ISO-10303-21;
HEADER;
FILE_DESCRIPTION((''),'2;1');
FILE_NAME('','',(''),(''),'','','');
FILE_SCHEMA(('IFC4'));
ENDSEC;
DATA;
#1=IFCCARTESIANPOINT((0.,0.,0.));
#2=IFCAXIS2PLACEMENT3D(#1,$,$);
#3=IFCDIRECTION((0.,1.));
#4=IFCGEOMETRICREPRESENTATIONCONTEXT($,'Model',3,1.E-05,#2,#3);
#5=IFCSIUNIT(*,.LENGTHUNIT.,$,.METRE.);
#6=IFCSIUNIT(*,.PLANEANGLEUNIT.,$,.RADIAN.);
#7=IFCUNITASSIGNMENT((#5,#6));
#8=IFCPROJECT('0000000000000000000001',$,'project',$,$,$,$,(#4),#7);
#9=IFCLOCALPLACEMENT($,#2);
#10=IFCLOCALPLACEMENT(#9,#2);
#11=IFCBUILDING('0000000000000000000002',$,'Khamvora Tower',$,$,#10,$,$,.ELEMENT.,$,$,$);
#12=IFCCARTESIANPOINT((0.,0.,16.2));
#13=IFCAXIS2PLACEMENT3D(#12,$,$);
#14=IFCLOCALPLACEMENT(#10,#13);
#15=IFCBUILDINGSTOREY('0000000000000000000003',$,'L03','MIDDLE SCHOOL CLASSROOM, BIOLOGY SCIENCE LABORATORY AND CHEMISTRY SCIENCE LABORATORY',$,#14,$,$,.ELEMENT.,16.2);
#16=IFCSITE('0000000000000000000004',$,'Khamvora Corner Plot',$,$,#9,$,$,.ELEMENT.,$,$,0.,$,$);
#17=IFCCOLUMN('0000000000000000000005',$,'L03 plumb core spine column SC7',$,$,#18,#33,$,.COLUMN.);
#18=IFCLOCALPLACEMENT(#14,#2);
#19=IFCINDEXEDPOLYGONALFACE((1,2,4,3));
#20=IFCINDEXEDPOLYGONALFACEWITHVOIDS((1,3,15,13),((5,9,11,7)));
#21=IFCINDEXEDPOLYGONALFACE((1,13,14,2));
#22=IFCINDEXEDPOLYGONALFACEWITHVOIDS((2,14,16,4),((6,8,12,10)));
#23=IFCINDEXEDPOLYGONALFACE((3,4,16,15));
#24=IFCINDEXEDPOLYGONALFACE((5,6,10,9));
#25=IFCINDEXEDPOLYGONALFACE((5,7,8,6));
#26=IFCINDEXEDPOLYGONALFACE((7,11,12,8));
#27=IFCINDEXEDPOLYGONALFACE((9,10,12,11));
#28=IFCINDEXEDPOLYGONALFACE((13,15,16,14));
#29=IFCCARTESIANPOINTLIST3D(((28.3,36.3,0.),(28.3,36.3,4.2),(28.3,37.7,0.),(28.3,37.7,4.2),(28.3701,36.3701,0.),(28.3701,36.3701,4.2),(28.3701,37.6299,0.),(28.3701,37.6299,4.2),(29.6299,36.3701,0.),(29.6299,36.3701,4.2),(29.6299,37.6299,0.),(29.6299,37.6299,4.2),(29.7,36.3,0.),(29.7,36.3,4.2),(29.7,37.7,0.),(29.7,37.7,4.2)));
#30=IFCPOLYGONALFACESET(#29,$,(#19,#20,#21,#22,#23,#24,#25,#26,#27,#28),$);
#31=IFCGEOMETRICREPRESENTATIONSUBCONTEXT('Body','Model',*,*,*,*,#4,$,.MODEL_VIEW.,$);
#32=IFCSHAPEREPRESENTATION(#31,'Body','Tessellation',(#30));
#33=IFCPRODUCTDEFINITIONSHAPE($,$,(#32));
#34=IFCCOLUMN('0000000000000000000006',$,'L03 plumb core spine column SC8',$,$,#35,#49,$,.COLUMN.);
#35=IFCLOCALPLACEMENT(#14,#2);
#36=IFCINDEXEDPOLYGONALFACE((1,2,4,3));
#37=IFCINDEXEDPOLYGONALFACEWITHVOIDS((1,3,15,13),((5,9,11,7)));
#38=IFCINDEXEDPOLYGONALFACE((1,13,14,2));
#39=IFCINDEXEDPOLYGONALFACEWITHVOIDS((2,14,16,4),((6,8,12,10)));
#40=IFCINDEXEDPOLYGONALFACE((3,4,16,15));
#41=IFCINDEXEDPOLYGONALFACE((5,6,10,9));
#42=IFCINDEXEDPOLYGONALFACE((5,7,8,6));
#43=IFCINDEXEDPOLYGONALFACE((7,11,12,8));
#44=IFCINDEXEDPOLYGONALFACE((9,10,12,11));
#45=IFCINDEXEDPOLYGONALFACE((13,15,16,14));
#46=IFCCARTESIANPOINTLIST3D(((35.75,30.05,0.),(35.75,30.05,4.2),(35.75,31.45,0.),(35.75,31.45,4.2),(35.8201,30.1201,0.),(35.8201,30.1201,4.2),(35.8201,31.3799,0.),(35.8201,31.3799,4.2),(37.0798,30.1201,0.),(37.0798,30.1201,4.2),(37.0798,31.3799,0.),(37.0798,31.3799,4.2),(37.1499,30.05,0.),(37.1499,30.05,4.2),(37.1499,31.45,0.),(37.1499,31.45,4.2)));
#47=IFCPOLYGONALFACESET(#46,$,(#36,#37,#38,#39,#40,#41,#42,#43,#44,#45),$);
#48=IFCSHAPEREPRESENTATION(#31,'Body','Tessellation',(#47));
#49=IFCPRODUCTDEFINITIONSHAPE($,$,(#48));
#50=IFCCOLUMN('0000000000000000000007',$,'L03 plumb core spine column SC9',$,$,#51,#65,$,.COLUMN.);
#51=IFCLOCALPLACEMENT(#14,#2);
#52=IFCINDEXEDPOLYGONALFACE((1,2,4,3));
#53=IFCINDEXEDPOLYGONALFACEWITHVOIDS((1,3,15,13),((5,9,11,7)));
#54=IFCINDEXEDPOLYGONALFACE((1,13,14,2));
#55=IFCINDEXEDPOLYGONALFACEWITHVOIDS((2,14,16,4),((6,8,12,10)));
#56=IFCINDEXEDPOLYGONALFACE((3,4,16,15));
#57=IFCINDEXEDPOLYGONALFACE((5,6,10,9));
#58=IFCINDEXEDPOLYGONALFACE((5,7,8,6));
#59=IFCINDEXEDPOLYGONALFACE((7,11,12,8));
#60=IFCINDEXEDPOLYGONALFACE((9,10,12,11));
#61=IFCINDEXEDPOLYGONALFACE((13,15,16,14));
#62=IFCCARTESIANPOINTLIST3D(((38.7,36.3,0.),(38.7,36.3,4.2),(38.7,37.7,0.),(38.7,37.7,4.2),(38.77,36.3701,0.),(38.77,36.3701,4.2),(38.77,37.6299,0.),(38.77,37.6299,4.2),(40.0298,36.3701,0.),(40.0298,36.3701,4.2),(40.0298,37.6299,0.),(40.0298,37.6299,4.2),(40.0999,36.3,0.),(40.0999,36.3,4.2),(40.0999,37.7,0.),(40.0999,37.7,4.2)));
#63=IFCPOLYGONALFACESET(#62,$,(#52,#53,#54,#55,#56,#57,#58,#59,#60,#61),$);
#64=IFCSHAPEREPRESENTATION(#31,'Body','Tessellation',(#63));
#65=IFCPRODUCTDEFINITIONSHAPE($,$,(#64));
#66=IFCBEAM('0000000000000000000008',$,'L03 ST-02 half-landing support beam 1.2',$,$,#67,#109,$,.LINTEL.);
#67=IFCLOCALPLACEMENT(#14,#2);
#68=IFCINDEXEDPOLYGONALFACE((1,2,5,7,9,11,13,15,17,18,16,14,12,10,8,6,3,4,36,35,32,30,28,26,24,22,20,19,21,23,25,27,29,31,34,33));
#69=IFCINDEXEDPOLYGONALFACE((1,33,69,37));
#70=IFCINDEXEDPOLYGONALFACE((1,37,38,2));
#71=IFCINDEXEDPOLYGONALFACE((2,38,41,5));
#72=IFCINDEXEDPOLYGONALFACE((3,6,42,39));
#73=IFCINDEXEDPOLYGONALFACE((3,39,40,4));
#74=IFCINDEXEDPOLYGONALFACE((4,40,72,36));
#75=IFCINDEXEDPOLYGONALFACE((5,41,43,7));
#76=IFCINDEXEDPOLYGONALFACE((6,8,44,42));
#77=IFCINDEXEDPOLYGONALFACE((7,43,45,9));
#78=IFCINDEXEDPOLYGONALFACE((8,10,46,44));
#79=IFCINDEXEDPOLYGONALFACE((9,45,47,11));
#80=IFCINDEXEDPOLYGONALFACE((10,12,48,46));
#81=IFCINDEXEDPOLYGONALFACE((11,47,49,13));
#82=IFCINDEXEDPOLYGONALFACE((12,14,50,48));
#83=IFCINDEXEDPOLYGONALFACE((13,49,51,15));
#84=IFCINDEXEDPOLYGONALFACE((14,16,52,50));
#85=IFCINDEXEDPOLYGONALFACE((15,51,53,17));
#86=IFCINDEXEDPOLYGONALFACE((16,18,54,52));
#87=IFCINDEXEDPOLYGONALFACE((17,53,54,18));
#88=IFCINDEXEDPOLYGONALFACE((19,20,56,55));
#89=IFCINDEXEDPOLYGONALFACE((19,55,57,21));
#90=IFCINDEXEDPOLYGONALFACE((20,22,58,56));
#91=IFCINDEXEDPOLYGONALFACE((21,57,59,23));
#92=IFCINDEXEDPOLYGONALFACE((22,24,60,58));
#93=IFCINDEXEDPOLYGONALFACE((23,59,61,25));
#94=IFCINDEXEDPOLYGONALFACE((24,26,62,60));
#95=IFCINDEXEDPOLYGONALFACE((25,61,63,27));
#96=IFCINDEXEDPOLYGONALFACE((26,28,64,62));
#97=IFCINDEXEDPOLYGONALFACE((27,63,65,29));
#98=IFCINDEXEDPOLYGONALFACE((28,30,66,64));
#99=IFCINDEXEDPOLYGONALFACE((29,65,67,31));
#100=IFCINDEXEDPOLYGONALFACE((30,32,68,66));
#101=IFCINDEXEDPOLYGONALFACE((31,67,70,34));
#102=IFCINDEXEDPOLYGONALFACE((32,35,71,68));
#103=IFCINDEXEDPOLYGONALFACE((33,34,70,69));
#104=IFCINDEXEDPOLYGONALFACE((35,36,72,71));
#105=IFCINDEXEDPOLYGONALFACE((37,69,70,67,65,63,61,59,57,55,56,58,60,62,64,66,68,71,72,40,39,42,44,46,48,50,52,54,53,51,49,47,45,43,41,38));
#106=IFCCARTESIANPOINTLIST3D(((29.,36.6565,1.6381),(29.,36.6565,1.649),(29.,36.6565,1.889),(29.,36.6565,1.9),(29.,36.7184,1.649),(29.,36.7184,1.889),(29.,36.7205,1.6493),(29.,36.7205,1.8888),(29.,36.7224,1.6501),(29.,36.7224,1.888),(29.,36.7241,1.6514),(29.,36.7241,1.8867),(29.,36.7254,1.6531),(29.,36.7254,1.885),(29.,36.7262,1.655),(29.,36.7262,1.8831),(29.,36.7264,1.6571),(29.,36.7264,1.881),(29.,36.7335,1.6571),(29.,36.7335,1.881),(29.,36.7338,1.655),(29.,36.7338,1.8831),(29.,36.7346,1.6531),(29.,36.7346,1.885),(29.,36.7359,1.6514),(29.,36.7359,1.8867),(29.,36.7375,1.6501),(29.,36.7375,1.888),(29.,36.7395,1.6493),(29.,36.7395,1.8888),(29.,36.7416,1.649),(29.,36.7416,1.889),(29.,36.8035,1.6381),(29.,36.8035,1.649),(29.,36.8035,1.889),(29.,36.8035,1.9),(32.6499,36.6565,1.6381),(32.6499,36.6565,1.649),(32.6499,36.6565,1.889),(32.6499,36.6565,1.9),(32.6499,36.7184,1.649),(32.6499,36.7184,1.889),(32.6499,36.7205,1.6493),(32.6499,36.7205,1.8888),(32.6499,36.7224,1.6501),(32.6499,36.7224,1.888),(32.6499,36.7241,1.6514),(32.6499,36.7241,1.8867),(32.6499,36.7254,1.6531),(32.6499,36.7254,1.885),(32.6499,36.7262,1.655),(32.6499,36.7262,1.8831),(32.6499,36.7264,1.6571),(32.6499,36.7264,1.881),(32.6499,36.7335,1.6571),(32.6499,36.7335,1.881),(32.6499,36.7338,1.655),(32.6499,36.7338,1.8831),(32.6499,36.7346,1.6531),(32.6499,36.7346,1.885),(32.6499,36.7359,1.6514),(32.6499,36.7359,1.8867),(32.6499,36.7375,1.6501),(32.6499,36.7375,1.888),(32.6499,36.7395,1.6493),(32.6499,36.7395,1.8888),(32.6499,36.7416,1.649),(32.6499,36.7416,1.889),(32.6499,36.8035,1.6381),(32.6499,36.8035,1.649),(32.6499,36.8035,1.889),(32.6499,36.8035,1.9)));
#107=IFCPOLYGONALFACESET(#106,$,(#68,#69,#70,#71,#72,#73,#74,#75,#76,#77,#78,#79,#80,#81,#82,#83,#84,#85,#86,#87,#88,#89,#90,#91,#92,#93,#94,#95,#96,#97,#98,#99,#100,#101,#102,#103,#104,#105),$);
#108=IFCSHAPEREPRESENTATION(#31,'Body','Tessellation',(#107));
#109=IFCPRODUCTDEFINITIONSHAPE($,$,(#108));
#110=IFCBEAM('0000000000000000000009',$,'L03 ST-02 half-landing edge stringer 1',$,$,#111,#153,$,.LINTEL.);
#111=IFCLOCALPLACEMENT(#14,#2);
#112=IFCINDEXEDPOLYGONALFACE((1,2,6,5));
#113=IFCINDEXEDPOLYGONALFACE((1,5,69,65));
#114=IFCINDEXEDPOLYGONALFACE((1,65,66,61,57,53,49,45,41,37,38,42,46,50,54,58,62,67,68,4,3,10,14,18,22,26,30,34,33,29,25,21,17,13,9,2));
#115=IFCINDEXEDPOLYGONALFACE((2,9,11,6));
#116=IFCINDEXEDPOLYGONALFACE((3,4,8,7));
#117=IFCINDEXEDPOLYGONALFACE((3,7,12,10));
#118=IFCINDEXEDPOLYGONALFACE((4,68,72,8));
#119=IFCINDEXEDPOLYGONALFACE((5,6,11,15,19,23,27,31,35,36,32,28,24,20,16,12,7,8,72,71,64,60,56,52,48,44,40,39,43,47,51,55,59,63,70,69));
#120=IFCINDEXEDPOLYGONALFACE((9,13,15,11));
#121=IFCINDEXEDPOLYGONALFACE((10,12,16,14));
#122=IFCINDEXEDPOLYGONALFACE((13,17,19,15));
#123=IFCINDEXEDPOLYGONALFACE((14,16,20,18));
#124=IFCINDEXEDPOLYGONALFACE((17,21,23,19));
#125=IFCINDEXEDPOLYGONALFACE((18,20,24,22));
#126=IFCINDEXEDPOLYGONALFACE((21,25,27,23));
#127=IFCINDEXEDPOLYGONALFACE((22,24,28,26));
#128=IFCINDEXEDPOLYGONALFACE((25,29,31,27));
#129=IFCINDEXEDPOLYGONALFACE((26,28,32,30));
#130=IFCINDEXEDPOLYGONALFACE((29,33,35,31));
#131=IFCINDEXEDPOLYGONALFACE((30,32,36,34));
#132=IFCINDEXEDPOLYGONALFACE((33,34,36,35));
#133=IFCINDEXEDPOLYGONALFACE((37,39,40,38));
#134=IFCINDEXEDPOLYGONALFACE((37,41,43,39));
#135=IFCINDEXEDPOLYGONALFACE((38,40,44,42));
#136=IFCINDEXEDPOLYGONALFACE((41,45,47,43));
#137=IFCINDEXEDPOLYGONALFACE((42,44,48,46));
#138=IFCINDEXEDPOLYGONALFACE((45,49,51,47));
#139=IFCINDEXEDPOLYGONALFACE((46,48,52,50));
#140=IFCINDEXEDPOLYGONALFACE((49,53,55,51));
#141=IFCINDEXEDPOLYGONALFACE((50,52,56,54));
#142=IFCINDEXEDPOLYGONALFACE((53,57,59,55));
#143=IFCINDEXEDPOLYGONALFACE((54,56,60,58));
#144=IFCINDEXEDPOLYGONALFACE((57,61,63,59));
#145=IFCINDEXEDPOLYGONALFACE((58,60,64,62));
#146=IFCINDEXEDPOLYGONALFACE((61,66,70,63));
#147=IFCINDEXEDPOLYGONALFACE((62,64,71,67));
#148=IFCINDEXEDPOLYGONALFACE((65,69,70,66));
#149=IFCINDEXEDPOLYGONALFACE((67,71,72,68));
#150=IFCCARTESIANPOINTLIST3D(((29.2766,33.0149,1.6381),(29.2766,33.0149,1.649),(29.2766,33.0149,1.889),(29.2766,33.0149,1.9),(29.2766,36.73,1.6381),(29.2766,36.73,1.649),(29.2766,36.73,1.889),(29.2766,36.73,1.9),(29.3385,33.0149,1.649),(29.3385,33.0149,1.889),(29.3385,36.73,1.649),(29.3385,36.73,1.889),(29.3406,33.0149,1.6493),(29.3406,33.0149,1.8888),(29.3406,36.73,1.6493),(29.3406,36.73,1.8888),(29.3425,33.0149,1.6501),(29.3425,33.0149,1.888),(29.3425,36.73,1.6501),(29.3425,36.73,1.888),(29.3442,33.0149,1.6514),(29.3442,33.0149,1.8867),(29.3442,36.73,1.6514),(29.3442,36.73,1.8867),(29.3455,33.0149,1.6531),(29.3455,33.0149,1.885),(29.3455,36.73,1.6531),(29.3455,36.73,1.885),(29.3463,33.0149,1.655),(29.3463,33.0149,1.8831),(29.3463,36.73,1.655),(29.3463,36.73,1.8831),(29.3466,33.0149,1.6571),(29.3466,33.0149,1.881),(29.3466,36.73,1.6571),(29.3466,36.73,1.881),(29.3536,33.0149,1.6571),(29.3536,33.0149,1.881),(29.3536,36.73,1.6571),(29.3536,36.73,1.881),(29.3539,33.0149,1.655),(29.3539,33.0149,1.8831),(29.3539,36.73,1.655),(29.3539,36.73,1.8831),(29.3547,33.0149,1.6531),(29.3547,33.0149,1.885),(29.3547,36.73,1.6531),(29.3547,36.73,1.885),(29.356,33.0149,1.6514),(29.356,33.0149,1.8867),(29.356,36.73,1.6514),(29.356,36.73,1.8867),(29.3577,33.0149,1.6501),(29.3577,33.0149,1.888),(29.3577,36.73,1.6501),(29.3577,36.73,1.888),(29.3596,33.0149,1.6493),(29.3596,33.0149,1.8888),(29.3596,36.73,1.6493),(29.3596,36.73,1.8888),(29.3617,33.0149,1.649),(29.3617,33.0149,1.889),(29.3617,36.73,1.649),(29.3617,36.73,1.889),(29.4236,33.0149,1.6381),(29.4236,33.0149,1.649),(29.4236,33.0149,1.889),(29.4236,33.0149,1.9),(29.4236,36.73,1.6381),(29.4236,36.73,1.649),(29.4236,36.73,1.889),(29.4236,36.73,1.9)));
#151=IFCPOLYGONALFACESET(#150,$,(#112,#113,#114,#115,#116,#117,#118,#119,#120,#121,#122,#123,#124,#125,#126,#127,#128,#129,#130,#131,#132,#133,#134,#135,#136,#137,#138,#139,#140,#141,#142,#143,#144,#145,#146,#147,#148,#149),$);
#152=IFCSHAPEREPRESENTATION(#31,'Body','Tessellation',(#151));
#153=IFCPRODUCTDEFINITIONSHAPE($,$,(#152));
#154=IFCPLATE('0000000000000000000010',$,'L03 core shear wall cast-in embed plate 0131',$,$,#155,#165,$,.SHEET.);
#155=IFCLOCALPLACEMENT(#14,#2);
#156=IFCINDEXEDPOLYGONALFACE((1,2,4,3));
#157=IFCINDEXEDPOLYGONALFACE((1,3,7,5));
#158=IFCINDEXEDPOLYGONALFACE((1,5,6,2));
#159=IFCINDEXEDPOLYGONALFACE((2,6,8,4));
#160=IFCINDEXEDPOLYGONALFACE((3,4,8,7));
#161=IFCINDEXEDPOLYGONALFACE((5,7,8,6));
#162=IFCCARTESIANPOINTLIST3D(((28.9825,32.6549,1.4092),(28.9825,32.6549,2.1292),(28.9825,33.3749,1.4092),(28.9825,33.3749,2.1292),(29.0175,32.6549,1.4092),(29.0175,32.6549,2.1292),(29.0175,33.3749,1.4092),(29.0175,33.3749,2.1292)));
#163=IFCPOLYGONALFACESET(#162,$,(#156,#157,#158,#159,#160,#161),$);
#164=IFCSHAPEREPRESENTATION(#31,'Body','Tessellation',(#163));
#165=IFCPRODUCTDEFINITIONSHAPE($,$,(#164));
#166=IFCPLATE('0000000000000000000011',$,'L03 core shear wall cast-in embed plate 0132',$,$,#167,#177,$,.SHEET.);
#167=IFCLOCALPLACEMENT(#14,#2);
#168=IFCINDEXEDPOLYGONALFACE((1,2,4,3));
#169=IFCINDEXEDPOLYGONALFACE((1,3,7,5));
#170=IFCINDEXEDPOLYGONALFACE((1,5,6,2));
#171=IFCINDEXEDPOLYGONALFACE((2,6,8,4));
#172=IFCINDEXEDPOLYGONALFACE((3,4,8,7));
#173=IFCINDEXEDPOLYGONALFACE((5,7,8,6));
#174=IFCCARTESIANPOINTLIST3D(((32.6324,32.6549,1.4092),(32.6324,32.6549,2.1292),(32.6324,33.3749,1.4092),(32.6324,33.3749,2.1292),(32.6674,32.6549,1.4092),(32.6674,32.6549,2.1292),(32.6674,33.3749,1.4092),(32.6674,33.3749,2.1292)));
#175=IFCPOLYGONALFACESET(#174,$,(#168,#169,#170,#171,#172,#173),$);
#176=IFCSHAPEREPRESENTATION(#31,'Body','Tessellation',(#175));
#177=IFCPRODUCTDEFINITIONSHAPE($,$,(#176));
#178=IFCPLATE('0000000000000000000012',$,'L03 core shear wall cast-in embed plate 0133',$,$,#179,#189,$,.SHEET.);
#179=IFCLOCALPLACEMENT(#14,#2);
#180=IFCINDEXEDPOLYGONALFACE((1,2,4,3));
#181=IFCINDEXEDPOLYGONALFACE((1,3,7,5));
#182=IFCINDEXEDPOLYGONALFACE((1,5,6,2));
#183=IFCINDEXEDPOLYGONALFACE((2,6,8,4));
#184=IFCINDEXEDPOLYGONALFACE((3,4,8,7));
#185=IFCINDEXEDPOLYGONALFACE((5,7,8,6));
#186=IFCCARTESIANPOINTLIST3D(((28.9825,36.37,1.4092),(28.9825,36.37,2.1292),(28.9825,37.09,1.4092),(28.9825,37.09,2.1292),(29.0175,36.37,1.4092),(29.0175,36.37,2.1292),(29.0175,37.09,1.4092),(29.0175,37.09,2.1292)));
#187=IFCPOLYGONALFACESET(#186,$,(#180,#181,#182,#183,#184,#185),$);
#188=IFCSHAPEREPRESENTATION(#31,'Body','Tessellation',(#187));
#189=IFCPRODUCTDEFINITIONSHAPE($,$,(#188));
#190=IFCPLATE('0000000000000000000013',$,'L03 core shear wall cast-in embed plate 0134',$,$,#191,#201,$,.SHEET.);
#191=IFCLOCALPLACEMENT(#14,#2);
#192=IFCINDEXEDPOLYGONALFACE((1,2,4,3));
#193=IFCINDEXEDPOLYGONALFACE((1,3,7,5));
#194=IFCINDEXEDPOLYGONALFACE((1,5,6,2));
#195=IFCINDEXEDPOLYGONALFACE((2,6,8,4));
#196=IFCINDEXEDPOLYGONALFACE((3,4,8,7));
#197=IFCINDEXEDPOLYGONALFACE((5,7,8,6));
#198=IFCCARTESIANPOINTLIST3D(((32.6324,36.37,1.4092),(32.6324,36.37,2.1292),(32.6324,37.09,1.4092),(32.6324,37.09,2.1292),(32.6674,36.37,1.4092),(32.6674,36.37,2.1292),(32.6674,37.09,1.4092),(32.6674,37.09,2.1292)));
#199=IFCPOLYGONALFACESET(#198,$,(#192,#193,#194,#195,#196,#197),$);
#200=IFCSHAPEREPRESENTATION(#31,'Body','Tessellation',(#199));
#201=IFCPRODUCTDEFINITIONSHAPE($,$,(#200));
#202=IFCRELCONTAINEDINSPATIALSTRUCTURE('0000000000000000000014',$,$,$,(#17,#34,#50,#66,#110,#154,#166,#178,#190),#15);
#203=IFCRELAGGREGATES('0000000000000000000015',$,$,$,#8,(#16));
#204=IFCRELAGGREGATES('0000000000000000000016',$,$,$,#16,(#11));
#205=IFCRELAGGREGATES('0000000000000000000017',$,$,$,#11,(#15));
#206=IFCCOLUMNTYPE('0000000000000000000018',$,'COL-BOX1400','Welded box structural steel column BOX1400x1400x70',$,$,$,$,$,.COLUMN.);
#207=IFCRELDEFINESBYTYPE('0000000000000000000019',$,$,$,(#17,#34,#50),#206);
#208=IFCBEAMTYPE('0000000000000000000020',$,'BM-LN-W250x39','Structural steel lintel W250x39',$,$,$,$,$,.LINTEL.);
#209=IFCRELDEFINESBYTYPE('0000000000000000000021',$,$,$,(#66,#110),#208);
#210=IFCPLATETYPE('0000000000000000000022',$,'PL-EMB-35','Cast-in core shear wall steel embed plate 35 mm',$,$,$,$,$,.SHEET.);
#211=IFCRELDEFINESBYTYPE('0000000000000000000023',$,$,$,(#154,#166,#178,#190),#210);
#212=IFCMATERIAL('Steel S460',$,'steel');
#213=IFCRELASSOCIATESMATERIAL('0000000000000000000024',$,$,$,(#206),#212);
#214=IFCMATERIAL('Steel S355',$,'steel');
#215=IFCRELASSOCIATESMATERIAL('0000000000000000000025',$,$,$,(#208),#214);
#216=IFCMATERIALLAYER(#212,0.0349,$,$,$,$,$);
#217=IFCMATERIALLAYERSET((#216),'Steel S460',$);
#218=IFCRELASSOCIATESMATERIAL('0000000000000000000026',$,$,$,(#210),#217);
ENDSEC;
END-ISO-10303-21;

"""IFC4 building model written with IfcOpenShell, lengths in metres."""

from ifc_helpers import new_model, si_unit, direction, frame, origin, origin_2d, place, context, subcontext, project, spatial, rectangle, hollow_rectangle, i_section, extrude, material, layer, layer_set, material_profile, profile_set, type_object, element, save


model = new_model("IFC4")

# Units and contexts
model_context = context("Model", 3, precision=1e-05, world=origin(), true_north=direction((0.0, 1.0)))
body_context = subcontext(model_context, "Body", "Model", "MODEL_VIEW")
ifc_project = project(units=[si_unit("LENGTHUNIT", "METRE"), si_unit("PLANEANGLEUNIT", "RADIAN")], contexts=[model_context])

# Site, building, storey
site_placement = place(None, origin())
site = spatial("IfcSite", under=ifc_project, at=site_placement, Name="Khamvora Corner Plot", CompositionType="ELEMENT", RefElevation=0.0)
building_placement = place(site_placement, origin())
building = spatial("IfcBuilding", under=site, at=building_placement, Name="Khamvora Tower", CompositionType="ELEMENT")
storey_placement = place(building_placement, frame((0.0, 0.0, 16.2)))
storey = spatial("IfcBuildingStorey", under=building, at=storey_placement, Name="L03", Description="MIDDLE SCHOOL CLASSROOM, BIOLOGY SCIENCE LABORATORY AND CHEMISTRY SCIENCE LABORATORY", CompositionType="ELEMENT", Elevation=16.2)

# Columns
ifc_material_1 = material(Name="Steel S460", Category="steel")
ifc_material_profile_1 = material_profile(ifc_material_1, hollow_rectangle(XDim=1.3999, YDim=1.3999, WallThickness=0.0701, at=origin_2d()), Name="BOX1400x1400x70")
ifc_profile_set_1 = profile_set([ifc_material_profile_1], Name="Steel S460")
column_type = type_object("IfcColumnType", Name="COL-BOX1400", Description="Welded box structural steel column BOX1400x1400x70", PredefinedType="COLUMN", material=ifc_profile_set_1)
for number, where, z_axis, x_axis, name in (
    (1, (29.0, 37.0, 0.0), (0.0, 0.0, 1.0), (1.0, 0.0, 0.0), "L03 plumb core spine column SC7"),
    (2, (36.45, 30.75, 0.0), (0.0, 0.0, 1.0), (1.0, 0.0, 0.0), "L03 plumb core spine column SC8"),
    (3, (39.3999, 37.0, 0.0), (0.0, 0.0, 1.0), (1.0, 0.0, 0.0), "L03 plumb core spine column SC9"),
):
    element("IfcColumn", number, at=place(storey_placement, frame(where, z_axis=z_axis, x_axis=x_axis)), inside=storey, type_object=column_type, Name=name, PredefinedType="COLUMN", context=body_context, shape_type="SweptSolid", body=[
        extrude(hollow_rectangle(XDim=1.3999, YDim=1.3999, WallThickness=0.0701, at=origin_2d()), origin(), (0.0, 0.0, 1.0), 4.2),
    ])

# Beams
ifc_material_2 = material(Name="Steel S355", Category="steel")
ifc_material_profile_2 = material_profile(ifc_material_2, i_section(OverallWidth=0.147, OverallDepth=0.262, WebThickness=0.0071, FlangeThickness=0.011, FilletRadius=0.0081, at=origin_2d()), Name="W250x39")
ifc_profile_set_2 = profile_set([ifc_material_profile_2], Name="Steel S355")
beam_type = type_object("IfcBeamType", Name="BM-LN-W250x39", Description="Structural steel lintel W250x39", PredefinedType="LINTEL", material=ifc_profile_set_2)
beam_1_placement = place(storey_placement, frame((29.0, 36.73, 1.769), z_axis=(1.0, 0.0, 0.0), x_axis=(0.0, 1.0, 0.0)))
element("IfcBeam", 4, at=beam_1_placement, inside=storey, type_object=beam_type, Name="L03 ST-02 half-landing support beam 1.2", PredefinedType="LINTEL", context=body_context, shape_type="SweptSolid", body=[
    extrude(i_section(OverallWidth=0.147, OverallDepth=0.262, WebThickness=0.0071, FlangeThickness=0.011, FilletRadius=0.0081, at=origin_2d()), origin(), (0.0, 0.0, 1.0), 3.6499),
])
beam_2_placement = place(storey_placement, frame((29.3501, 33.0149, 1.769), z_axis=(0.0, 1.0, 0.0), x_axis=(-1.0, 0.0, 0.0)))
element("IfcBeam", 5, at=beam_2_placement, inside=storey, type_object=beam_type, Name="L03 ST-02 half-landing edge stringer 1", PredefinedType="LINTEL", context=body_context, shape_type="SweptSolid", body=[
    extrude(i_section(OverallWidth=0.147, OverallDepth=0.262, WebThickness=0.0071, FlangeThickness=0.011, FilletRadius=0.0081, at=origin_2d()), origin(), (0.0, 0.0, 1.0), 3.7151),
])

# Plates
ifc_layer_1 = layer(ifc_material_1, 0.0349)
ifc_layer_set_1 = layer_set([ifc_layer_1], Name="Steel S460")
plate_type = type_object("IfcPlateType", Name="PL-EMB-35", Description="Cast-in core shear wall steel embed plate 35 mm", PredefinedType="SHEET", material=ifc_layer_set_1)
for number, where, z_axis, x_axis, name in (
    (6, (29.0, 33.0149, 1.4092), (0.0, 0.0, 1.0), (1.0, 0.0, 0.0), "L03 core shear wall cast-in embed plate 0131"),
    (7, (32.6499, 33.0149, 1.4092), (0.0, 0.0, 1.0), (1.0, 0.0, 0.0), "L03 core shear wall cast-in embed plate 0132"),
    (8, (29.0, 36.73, 1.4092), (0.0, 0.0, 1.0), (1.0, 0.0, 0.0), "L03 core shear wall cast-in embed plate 0133"),
    (9, (32.6499, 36.73, 1.4092), (0.0, 0.0, 1.0), (1.0, 0.0, 0.0), "L03 core shear wall cast-in embed plate 0134"),
):
    element("IfcPlate", number, at=place(storey_placement, frame(where, z_axis=z_axis, x_axis=x_axis)), inside=storey, type_object=plate_type, Name=name, PredefinedType="SHEET", context=body_context, shape_type="SweptSolid", body=[
        extrude(rectangle(XDim=0.0349, YDim=0.72, at=origin_2d()), origin(), (0.0, 0.0, 1.0), 0.72),
    ])

save(model, "model.ifc")
